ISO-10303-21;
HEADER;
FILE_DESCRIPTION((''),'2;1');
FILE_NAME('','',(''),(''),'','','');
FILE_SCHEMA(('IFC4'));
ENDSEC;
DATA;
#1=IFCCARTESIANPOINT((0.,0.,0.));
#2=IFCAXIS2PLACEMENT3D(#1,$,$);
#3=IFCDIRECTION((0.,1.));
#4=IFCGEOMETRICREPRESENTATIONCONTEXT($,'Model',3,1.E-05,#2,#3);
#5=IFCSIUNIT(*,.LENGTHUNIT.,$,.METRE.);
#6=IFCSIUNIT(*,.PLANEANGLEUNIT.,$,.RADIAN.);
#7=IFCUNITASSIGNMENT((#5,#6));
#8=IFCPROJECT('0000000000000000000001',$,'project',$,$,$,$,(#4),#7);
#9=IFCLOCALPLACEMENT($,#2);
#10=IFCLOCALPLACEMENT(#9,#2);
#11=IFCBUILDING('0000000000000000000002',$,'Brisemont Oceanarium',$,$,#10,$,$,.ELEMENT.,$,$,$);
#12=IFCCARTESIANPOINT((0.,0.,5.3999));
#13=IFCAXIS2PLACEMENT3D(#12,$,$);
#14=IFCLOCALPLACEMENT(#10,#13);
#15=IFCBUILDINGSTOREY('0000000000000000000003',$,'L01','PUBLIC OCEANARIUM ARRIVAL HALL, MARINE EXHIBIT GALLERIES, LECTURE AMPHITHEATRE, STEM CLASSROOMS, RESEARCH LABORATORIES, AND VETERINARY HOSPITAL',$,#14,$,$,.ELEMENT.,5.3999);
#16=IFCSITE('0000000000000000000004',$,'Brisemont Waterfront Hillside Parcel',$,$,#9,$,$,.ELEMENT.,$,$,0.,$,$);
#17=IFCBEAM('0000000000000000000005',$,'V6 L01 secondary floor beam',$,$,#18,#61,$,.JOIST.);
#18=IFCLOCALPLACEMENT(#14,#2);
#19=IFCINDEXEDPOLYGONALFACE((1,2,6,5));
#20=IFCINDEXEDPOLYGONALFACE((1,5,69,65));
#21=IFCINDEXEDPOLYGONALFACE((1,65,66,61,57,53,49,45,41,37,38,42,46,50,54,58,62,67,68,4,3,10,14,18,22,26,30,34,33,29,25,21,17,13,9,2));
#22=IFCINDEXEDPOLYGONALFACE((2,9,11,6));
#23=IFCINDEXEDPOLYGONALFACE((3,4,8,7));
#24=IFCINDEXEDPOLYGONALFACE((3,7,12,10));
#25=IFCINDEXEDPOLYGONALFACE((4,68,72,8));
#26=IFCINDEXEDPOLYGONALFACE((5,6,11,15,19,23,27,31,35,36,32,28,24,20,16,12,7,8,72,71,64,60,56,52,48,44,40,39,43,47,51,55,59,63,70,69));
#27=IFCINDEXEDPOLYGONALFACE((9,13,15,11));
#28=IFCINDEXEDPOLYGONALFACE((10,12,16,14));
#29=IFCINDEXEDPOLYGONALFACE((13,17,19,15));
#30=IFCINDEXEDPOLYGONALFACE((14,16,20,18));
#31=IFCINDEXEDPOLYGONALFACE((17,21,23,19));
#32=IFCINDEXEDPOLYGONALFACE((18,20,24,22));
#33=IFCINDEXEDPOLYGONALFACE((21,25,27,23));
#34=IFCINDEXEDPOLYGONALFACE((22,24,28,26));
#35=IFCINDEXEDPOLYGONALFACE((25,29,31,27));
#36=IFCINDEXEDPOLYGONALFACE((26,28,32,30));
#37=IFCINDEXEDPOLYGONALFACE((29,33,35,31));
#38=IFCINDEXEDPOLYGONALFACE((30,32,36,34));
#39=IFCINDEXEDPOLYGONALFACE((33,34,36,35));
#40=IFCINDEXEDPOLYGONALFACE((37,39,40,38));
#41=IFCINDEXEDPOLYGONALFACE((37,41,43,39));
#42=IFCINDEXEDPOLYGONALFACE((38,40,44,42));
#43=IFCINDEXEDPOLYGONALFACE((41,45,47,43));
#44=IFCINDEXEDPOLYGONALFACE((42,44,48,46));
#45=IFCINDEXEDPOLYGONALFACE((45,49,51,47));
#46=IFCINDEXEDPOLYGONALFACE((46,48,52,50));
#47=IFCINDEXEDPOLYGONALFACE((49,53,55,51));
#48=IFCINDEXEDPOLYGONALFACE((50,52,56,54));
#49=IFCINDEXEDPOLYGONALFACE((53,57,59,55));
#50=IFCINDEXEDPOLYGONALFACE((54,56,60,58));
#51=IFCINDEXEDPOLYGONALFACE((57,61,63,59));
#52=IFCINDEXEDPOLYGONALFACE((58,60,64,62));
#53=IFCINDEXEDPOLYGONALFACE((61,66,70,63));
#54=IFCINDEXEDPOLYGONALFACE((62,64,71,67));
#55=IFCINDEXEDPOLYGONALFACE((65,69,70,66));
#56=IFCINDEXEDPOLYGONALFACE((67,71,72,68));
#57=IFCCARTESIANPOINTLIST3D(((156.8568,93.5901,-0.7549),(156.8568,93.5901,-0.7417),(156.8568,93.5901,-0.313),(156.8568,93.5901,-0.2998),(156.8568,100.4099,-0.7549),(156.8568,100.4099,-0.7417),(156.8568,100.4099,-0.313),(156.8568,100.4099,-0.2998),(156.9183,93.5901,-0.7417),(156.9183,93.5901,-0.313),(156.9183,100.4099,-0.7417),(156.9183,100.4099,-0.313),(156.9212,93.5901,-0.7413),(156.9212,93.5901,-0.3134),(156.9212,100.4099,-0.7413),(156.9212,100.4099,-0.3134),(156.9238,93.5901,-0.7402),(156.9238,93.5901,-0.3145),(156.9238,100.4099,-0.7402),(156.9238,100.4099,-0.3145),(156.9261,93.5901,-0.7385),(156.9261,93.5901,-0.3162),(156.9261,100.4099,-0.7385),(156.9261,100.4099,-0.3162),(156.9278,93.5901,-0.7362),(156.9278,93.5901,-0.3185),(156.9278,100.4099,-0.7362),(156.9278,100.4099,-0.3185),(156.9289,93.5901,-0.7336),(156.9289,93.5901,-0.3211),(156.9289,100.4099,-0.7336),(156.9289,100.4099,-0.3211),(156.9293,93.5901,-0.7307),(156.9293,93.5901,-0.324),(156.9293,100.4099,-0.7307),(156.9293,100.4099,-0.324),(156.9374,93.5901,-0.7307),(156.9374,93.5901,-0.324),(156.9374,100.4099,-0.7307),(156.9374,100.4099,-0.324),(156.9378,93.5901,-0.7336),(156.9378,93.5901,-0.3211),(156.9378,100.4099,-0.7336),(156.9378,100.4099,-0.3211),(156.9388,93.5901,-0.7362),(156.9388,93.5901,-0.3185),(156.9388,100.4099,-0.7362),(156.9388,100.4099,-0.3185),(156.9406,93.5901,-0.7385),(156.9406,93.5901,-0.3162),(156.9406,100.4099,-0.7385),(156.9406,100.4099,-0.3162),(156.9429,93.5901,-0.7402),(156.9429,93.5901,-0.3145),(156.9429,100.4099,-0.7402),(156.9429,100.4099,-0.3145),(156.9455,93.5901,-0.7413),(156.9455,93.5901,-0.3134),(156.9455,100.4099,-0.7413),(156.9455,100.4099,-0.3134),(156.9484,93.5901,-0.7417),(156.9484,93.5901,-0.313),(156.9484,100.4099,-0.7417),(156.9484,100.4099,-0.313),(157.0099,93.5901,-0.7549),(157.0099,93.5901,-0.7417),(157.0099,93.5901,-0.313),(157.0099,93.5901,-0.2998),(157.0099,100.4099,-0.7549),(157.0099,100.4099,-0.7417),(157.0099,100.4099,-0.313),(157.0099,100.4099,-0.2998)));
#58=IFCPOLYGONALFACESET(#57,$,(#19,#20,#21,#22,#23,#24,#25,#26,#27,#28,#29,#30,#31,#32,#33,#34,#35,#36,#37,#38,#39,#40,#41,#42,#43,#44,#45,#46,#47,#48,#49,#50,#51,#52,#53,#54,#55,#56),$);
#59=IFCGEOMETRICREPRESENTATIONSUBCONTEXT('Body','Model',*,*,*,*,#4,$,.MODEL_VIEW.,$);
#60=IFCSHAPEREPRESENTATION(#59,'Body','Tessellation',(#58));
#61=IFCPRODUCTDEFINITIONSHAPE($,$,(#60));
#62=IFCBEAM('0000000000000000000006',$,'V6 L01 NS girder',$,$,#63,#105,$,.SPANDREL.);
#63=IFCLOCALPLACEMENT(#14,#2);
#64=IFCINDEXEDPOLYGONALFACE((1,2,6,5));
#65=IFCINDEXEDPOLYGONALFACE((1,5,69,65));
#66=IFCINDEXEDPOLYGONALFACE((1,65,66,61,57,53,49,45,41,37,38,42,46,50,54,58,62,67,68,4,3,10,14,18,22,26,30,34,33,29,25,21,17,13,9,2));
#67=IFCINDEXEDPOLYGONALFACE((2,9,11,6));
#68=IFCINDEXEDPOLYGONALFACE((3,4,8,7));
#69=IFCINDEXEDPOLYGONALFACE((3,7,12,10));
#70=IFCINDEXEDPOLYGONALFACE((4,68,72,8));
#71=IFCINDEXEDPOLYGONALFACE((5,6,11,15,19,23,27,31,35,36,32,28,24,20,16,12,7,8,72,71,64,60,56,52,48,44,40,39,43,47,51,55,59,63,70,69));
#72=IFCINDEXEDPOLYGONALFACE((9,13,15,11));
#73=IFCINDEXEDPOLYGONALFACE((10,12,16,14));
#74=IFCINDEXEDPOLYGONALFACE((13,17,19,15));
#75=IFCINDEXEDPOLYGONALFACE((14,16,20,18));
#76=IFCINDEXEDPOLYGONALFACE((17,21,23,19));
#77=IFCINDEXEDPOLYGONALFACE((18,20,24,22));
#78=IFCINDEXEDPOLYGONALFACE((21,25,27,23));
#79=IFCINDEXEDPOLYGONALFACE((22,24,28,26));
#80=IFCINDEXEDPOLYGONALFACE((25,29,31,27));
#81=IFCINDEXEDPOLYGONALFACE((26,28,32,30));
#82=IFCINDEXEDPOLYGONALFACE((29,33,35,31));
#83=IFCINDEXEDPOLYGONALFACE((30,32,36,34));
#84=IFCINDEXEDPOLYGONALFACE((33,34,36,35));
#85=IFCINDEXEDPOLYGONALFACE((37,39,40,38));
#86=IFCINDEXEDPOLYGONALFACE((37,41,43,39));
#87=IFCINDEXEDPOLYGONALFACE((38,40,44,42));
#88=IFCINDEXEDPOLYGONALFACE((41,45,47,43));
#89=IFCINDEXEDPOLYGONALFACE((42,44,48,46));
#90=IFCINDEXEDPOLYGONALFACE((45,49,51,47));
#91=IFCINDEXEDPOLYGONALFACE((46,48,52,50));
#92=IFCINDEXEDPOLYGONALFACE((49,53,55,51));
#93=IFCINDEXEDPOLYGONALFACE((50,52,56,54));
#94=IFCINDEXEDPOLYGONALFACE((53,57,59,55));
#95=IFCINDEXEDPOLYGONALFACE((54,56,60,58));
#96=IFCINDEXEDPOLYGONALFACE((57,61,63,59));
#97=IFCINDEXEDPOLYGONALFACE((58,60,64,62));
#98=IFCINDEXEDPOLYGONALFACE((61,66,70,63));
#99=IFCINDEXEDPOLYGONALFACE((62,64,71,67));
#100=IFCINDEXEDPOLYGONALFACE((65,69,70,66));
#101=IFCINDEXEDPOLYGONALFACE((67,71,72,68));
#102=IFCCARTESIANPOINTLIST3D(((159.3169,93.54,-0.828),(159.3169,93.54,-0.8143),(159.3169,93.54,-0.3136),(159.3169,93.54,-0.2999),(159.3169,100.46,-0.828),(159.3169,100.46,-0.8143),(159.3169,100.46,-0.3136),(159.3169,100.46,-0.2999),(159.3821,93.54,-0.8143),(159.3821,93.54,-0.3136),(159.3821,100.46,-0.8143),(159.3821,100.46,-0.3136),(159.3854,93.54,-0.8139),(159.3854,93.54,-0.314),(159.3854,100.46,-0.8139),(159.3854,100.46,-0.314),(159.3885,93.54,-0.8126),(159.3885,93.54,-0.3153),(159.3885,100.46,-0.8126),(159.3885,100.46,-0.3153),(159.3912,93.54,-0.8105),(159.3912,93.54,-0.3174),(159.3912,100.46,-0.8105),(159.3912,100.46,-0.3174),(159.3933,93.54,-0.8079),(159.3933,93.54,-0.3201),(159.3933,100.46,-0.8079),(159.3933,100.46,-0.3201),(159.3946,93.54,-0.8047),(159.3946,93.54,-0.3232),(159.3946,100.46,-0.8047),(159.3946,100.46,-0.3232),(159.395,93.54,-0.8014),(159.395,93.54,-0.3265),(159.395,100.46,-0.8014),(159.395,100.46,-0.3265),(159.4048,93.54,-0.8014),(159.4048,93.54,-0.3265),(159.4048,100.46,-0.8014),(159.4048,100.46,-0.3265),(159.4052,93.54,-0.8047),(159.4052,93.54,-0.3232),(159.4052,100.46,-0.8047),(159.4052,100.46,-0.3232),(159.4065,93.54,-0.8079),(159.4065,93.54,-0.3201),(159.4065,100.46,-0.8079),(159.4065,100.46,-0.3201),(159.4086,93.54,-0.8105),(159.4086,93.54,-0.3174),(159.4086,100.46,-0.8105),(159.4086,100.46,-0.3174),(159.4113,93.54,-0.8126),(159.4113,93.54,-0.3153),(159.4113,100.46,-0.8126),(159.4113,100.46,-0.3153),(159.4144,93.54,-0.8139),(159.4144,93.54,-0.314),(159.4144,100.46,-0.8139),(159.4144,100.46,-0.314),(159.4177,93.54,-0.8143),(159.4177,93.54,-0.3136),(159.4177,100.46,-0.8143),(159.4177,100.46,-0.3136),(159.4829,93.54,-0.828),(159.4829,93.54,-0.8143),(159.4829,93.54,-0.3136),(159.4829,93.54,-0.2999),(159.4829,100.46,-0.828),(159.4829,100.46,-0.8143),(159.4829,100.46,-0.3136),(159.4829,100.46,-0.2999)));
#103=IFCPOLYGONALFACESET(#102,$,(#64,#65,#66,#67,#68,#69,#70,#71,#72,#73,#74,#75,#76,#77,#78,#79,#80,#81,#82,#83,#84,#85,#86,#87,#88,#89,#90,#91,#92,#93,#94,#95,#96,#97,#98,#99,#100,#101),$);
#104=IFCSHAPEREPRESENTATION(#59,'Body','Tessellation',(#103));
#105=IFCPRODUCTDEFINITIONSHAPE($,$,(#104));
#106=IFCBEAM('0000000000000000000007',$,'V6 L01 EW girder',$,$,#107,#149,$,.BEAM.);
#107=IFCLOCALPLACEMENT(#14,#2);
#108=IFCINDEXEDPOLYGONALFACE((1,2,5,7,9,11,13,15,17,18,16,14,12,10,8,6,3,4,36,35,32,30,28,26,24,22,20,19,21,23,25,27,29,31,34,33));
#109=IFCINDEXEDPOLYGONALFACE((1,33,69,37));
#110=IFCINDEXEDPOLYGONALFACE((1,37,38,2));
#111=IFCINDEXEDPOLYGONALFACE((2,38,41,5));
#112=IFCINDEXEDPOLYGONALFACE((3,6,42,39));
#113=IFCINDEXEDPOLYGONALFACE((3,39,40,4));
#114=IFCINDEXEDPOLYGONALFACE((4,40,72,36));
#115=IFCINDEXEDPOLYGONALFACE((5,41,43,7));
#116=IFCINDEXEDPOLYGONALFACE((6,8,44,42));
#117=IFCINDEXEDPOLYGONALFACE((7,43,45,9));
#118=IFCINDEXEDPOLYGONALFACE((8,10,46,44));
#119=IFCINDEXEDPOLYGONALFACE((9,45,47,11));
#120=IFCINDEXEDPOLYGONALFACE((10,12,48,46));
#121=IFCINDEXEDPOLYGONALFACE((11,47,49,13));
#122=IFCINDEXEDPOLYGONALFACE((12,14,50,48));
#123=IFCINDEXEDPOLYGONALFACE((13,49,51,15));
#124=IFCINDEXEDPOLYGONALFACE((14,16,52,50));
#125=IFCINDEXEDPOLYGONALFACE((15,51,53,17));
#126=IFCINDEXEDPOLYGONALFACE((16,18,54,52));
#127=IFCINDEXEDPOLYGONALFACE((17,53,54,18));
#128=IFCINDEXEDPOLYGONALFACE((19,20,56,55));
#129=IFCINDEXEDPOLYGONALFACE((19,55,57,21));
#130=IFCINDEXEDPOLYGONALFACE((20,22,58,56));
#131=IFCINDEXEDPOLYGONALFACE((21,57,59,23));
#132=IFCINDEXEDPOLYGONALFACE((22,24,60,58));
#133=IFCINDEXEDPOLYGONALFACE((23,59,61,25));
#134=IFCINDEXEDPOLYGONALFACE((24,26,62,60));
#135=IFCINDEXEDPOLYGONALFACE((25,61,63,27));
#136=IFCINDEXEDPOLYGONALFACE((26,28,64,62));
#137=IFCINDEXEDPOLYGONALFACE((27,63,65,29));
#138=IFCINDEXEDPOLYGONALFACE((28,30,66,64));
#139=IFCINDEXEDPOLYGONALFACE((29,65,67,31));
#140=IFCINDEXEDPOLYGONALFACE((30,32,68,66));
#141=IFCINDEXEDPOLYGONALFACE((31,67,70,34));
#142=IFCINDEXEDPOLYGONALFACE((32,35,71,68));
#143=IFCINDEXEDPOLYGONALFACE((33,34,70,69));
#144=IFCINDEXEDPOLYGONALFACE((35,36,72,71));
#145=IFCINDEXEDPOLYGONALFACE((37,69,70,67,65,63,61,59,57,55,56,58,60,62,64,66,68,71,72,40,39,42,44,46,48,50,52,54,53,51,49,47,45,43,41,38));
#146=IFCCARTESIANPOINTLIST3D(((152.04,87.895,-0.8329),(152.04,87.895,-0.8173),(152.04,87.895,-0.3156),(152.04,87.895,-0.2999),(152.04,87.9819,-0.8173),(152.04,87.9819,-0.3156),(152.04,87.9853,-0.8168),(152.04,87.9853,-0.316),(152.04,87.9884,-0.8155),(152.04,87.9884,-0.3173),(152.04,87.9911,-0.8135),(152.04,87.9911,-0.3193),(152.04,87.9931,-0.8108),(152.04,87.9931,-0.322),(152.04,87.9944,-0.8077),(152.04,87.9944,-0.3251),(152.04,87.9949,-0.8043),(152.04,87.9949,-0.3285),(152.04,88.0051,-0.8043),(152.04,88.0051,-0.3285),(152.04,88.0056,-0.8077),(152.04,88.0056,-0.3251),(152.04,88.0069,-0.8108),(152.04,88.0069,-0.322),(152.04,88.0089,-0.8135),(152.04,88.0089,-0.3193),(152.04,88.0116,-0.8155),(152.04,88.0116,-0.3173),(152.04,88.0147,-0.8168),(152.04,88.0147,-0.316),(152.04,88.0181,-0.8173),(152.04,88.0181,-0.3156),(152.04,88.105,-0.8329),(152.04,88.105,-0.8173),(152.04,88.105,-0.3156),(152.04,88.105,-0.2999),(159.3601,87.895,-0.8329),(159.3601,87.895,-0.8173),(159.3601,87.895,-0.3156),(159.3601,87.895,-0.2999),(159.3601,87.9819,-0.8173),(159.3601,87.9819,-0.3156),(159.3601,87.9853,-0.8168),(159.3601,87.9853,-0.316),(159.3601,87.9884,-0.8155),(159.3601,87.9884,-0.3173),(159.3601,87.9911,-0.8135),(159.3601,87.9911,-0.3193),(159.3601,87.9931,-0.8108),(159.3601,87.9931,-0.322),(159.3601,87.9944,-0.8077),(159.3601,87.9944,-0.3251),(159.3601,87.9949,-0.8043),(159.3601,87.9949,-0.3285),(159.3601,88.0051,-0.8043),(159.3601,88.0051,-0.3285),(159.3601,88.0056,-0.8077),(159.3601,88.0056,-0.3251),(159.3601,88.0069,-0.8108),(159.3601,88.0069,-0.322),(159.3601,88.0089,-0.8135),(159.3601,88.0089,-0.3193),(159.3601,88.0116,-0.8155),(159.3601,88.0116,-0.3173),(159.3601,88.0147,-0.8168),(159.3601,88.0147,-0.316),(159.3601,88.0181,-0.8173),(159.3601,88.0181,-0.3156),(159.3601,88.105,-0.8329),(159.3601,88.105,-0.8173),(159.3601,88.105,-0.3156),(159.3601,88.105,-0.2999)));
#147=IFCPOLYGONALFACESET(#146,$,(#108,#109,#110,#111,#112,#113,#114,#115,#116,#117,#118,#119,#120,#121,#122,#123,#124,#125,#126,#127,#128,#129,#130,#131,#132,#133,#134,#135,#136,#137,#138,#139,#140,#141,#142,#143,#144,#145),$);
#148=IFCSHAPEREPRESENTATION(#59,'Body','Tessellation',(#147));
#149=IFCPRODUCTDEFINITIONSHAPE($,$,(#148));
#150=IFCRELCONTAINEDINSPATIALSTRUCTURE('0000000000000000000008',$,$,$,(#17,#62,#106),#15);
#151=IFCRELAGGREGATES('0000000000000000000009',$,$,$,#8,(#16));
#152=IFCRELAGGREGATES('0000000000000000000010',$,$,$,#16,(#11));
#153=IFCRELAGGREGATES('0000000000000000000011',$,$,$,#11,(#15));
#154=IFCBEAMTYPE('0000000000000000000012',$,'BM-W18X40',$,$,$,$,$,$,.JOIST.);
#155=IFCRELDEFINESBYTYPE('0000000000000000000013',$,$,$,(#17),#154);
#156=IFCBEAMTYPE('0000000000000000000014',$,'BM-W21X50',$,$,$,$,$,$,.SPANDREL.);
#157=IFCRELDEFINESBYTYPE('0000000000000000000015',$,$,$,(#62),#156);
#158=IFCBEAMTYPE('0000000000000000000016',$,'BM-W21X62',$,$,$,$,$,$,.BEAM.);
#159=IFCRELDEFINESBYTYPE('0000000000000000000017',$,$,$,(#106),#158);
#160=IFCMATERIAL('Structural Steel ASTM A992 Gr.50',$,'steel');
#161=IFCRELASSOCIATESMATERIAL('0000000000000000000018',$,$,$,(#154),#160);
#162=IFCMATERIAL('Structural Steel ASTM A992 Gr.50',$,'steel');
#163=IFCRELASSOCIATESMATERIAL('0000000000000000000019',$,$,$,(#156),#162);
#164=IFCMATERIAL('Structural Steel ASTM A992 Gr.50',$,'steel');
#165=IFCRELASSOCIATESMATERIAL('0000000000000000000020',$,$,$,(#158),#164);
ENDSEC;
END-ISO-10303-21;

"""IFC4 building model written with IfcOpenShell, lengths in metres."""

from ifc_helpers import new_model, si_unit, direction, frame, origin, origin_2d, place, context, subcontext, project, spatial, i_section, extrude, material, material_profile, profile_set, type_object, element, save


model = new_model("IFC4")

# Units and contexts
model_context = context("Model", 3, precision=1e-05, world=origin(), true_north=direction((0.0, 1.0)))
body_context = subcontext(model_context, "Body", "Model", "MODEL_VIEW")
ifc_project = project(units=[si_unit("LENGTHUNIT", "METRE"), si_unit("PLANEANGLEUNIT", "RADIAN")], contexts=[model_context])

# Site, building, storey
site_placement = place(None, origin())
site = spatial("IfcSite", under=ifc_project, at=site_placement, Name="Brisemont Waterfront Hillside Parcel", CompositionType="ELEMENT", RefElevation=0.0)
building_placement = place(site_placement, origin())
building = spatial("IfcBuilding", under=site, at=building_placement, Name="Brisemont Oceanarium", CompositionType="ELEMENT")
storey_placement = place(building_placement, frame((0.0, 0.0, 5.3999)))
storey = spatial("IfcBuildingStorey", under=building, at=storey_placement, Name="L01", Description="PUBLIC OCEANARIUM ARRIVAL HALL, MARINE EXHIBIT GALLERIES, LECTURE AMPHITHEATRE, STEM CLASSROOMS, RESEARCH LABORATORIES, AND VETERINARY HOSPITAL", CompositionType="ELEMENT", Elevation=5.3999)

# Beams
ifc_material_1 = material(Name="Structural Steel ASTM A992 Gr.50", Category="steel")
ifc_material_profile_1 = material_profile(ifc_material_1, i_section(OverallWidth=0.1531, OverallDepth=0.4551, WebThickness=0.0081, FlangeThickness=0.0132, FilletRadius=0.011, at=origin_2d()), Name="W18X40")
ifc_profile_set_1 = profile_set([ifc_material_profile_1], Name="Structural Steel ASTM A992 Gr.50")
beam_type_1 = type_object("IfcBeamType", Name="BM-W18X40", PredefinedType="JOIST", material=ifc_profile_set_1)
beam_1_placement = place(storey_placement, frame((156.9333, 93.5901, -0.5273), z_axis=(0.0, 1.0, 0.0), x_axis=(-1.0, 0.0, 0.0)))
element("IfcBeam", 1, at=beam_1_placement, inside=storey, type_object=beam_type_1, Name="V6 L01 secondary floor beam", PredefinedType="JOIST", context=body_context, shape_type="SweptSolid", body=[
    extrude(i_section(OverallWidth=0.1531, OverallDepth=0.4551, WebThickness=0.0081, FlangeThickness=0.0132, FilletRadius=0.011, at=origin_2d()), origin(), (0.0, 0.0, 1.0), 6.8198),
])
ifc_material_2 = material(Name="Structural Steel ASTM A992 Gr.50", Category="steel")
ifc_material_profile_2 = material_profile(ifc_material_2, i_section(OverallWidth=0.166, OverallDepth=0.5281, WebThickness=0.0098, FlangeThickness=0.0137, FilletRadius=0.0129, at=origin_2d()), Name="W21X50")
ifc_profile_set_2 = profile_set([ifc_material_profile_2], Name="Structural Steel ASTM A992 Gr.50")
beam_type_2 = type_object("IfcBeamType", Name="BM-W21X50", PredefinedType="SPANDREL", material=ifc_profile_set_2)
beam_2_placement = place(storey_placement, frame((159.3999, 93.54, -0.564), z_axis=(0.0, 1.0, 0.0), x_axis=(-1.0, 0.0, 0.0)))
element("IfcBeam", 2, at=beam_2_placement, inside=storey, type_object=beam_type_2, Name="V6 L01 NS girder", PredefinedType="SPANDREL", context=body_context, shape_type="SweptSolid", body=[
    extrude(i_section(OverallWidth=0.166, OverallDepth=0.5281, WebThickness=0.0098, FlangeThickness=0.0137, FilletRadius=0.0129, at=origin_2d()), origin(), (0.0, 0.0, 1.0), 6.9199),
])
ifc_material_3 = material(Name="Structural Steel ASTM A992 Gr.50", Category="steel")
ifc_material_profile_3 = material_profile(ifc_material_3, i_section(OverallWidth=0.21, OverallDepth=0.533, WebThickness=0.0103, FlangeThickness=0.0156, FilletRadius=0.0129, at=origin_2d()), Name="W21X62")
ifc_profile_set_3 = profile_set([ifc_material_profile_3], Name="Structural Steel ASTM A992 Gr.50")
beam_type_3 = type_object("IfcBeamType", Name="BM-W21X62", PredefinedType="BEAM", material=ifc_profile_set_3)
beam_3_placement = place(storey_placement, frame((152.04, 88.0, -0.5664), z_axis=(1.0, 0.0, 0.0), x_axis=(0.0, 1.0, 0.0)))
element("IfcBeam", 3, at=beam_3_placement, inside=storey, type_object=beam_type_3, Name="V6 L01 EW girder", PredefinedType="BEAM", context=body_context, shape_type="SweptSolid", body=[
    extrude(i_section(OverallWidth=0.21, OverallDepth=0.533, WebThickness=0.0103, FlangeThickness=0.0156, FilletRadius=0.0129, at=origin_2d()), origin(), (0.0, 0.0, 1.0), 7.3201),
])

save(model, "model.ifc")
